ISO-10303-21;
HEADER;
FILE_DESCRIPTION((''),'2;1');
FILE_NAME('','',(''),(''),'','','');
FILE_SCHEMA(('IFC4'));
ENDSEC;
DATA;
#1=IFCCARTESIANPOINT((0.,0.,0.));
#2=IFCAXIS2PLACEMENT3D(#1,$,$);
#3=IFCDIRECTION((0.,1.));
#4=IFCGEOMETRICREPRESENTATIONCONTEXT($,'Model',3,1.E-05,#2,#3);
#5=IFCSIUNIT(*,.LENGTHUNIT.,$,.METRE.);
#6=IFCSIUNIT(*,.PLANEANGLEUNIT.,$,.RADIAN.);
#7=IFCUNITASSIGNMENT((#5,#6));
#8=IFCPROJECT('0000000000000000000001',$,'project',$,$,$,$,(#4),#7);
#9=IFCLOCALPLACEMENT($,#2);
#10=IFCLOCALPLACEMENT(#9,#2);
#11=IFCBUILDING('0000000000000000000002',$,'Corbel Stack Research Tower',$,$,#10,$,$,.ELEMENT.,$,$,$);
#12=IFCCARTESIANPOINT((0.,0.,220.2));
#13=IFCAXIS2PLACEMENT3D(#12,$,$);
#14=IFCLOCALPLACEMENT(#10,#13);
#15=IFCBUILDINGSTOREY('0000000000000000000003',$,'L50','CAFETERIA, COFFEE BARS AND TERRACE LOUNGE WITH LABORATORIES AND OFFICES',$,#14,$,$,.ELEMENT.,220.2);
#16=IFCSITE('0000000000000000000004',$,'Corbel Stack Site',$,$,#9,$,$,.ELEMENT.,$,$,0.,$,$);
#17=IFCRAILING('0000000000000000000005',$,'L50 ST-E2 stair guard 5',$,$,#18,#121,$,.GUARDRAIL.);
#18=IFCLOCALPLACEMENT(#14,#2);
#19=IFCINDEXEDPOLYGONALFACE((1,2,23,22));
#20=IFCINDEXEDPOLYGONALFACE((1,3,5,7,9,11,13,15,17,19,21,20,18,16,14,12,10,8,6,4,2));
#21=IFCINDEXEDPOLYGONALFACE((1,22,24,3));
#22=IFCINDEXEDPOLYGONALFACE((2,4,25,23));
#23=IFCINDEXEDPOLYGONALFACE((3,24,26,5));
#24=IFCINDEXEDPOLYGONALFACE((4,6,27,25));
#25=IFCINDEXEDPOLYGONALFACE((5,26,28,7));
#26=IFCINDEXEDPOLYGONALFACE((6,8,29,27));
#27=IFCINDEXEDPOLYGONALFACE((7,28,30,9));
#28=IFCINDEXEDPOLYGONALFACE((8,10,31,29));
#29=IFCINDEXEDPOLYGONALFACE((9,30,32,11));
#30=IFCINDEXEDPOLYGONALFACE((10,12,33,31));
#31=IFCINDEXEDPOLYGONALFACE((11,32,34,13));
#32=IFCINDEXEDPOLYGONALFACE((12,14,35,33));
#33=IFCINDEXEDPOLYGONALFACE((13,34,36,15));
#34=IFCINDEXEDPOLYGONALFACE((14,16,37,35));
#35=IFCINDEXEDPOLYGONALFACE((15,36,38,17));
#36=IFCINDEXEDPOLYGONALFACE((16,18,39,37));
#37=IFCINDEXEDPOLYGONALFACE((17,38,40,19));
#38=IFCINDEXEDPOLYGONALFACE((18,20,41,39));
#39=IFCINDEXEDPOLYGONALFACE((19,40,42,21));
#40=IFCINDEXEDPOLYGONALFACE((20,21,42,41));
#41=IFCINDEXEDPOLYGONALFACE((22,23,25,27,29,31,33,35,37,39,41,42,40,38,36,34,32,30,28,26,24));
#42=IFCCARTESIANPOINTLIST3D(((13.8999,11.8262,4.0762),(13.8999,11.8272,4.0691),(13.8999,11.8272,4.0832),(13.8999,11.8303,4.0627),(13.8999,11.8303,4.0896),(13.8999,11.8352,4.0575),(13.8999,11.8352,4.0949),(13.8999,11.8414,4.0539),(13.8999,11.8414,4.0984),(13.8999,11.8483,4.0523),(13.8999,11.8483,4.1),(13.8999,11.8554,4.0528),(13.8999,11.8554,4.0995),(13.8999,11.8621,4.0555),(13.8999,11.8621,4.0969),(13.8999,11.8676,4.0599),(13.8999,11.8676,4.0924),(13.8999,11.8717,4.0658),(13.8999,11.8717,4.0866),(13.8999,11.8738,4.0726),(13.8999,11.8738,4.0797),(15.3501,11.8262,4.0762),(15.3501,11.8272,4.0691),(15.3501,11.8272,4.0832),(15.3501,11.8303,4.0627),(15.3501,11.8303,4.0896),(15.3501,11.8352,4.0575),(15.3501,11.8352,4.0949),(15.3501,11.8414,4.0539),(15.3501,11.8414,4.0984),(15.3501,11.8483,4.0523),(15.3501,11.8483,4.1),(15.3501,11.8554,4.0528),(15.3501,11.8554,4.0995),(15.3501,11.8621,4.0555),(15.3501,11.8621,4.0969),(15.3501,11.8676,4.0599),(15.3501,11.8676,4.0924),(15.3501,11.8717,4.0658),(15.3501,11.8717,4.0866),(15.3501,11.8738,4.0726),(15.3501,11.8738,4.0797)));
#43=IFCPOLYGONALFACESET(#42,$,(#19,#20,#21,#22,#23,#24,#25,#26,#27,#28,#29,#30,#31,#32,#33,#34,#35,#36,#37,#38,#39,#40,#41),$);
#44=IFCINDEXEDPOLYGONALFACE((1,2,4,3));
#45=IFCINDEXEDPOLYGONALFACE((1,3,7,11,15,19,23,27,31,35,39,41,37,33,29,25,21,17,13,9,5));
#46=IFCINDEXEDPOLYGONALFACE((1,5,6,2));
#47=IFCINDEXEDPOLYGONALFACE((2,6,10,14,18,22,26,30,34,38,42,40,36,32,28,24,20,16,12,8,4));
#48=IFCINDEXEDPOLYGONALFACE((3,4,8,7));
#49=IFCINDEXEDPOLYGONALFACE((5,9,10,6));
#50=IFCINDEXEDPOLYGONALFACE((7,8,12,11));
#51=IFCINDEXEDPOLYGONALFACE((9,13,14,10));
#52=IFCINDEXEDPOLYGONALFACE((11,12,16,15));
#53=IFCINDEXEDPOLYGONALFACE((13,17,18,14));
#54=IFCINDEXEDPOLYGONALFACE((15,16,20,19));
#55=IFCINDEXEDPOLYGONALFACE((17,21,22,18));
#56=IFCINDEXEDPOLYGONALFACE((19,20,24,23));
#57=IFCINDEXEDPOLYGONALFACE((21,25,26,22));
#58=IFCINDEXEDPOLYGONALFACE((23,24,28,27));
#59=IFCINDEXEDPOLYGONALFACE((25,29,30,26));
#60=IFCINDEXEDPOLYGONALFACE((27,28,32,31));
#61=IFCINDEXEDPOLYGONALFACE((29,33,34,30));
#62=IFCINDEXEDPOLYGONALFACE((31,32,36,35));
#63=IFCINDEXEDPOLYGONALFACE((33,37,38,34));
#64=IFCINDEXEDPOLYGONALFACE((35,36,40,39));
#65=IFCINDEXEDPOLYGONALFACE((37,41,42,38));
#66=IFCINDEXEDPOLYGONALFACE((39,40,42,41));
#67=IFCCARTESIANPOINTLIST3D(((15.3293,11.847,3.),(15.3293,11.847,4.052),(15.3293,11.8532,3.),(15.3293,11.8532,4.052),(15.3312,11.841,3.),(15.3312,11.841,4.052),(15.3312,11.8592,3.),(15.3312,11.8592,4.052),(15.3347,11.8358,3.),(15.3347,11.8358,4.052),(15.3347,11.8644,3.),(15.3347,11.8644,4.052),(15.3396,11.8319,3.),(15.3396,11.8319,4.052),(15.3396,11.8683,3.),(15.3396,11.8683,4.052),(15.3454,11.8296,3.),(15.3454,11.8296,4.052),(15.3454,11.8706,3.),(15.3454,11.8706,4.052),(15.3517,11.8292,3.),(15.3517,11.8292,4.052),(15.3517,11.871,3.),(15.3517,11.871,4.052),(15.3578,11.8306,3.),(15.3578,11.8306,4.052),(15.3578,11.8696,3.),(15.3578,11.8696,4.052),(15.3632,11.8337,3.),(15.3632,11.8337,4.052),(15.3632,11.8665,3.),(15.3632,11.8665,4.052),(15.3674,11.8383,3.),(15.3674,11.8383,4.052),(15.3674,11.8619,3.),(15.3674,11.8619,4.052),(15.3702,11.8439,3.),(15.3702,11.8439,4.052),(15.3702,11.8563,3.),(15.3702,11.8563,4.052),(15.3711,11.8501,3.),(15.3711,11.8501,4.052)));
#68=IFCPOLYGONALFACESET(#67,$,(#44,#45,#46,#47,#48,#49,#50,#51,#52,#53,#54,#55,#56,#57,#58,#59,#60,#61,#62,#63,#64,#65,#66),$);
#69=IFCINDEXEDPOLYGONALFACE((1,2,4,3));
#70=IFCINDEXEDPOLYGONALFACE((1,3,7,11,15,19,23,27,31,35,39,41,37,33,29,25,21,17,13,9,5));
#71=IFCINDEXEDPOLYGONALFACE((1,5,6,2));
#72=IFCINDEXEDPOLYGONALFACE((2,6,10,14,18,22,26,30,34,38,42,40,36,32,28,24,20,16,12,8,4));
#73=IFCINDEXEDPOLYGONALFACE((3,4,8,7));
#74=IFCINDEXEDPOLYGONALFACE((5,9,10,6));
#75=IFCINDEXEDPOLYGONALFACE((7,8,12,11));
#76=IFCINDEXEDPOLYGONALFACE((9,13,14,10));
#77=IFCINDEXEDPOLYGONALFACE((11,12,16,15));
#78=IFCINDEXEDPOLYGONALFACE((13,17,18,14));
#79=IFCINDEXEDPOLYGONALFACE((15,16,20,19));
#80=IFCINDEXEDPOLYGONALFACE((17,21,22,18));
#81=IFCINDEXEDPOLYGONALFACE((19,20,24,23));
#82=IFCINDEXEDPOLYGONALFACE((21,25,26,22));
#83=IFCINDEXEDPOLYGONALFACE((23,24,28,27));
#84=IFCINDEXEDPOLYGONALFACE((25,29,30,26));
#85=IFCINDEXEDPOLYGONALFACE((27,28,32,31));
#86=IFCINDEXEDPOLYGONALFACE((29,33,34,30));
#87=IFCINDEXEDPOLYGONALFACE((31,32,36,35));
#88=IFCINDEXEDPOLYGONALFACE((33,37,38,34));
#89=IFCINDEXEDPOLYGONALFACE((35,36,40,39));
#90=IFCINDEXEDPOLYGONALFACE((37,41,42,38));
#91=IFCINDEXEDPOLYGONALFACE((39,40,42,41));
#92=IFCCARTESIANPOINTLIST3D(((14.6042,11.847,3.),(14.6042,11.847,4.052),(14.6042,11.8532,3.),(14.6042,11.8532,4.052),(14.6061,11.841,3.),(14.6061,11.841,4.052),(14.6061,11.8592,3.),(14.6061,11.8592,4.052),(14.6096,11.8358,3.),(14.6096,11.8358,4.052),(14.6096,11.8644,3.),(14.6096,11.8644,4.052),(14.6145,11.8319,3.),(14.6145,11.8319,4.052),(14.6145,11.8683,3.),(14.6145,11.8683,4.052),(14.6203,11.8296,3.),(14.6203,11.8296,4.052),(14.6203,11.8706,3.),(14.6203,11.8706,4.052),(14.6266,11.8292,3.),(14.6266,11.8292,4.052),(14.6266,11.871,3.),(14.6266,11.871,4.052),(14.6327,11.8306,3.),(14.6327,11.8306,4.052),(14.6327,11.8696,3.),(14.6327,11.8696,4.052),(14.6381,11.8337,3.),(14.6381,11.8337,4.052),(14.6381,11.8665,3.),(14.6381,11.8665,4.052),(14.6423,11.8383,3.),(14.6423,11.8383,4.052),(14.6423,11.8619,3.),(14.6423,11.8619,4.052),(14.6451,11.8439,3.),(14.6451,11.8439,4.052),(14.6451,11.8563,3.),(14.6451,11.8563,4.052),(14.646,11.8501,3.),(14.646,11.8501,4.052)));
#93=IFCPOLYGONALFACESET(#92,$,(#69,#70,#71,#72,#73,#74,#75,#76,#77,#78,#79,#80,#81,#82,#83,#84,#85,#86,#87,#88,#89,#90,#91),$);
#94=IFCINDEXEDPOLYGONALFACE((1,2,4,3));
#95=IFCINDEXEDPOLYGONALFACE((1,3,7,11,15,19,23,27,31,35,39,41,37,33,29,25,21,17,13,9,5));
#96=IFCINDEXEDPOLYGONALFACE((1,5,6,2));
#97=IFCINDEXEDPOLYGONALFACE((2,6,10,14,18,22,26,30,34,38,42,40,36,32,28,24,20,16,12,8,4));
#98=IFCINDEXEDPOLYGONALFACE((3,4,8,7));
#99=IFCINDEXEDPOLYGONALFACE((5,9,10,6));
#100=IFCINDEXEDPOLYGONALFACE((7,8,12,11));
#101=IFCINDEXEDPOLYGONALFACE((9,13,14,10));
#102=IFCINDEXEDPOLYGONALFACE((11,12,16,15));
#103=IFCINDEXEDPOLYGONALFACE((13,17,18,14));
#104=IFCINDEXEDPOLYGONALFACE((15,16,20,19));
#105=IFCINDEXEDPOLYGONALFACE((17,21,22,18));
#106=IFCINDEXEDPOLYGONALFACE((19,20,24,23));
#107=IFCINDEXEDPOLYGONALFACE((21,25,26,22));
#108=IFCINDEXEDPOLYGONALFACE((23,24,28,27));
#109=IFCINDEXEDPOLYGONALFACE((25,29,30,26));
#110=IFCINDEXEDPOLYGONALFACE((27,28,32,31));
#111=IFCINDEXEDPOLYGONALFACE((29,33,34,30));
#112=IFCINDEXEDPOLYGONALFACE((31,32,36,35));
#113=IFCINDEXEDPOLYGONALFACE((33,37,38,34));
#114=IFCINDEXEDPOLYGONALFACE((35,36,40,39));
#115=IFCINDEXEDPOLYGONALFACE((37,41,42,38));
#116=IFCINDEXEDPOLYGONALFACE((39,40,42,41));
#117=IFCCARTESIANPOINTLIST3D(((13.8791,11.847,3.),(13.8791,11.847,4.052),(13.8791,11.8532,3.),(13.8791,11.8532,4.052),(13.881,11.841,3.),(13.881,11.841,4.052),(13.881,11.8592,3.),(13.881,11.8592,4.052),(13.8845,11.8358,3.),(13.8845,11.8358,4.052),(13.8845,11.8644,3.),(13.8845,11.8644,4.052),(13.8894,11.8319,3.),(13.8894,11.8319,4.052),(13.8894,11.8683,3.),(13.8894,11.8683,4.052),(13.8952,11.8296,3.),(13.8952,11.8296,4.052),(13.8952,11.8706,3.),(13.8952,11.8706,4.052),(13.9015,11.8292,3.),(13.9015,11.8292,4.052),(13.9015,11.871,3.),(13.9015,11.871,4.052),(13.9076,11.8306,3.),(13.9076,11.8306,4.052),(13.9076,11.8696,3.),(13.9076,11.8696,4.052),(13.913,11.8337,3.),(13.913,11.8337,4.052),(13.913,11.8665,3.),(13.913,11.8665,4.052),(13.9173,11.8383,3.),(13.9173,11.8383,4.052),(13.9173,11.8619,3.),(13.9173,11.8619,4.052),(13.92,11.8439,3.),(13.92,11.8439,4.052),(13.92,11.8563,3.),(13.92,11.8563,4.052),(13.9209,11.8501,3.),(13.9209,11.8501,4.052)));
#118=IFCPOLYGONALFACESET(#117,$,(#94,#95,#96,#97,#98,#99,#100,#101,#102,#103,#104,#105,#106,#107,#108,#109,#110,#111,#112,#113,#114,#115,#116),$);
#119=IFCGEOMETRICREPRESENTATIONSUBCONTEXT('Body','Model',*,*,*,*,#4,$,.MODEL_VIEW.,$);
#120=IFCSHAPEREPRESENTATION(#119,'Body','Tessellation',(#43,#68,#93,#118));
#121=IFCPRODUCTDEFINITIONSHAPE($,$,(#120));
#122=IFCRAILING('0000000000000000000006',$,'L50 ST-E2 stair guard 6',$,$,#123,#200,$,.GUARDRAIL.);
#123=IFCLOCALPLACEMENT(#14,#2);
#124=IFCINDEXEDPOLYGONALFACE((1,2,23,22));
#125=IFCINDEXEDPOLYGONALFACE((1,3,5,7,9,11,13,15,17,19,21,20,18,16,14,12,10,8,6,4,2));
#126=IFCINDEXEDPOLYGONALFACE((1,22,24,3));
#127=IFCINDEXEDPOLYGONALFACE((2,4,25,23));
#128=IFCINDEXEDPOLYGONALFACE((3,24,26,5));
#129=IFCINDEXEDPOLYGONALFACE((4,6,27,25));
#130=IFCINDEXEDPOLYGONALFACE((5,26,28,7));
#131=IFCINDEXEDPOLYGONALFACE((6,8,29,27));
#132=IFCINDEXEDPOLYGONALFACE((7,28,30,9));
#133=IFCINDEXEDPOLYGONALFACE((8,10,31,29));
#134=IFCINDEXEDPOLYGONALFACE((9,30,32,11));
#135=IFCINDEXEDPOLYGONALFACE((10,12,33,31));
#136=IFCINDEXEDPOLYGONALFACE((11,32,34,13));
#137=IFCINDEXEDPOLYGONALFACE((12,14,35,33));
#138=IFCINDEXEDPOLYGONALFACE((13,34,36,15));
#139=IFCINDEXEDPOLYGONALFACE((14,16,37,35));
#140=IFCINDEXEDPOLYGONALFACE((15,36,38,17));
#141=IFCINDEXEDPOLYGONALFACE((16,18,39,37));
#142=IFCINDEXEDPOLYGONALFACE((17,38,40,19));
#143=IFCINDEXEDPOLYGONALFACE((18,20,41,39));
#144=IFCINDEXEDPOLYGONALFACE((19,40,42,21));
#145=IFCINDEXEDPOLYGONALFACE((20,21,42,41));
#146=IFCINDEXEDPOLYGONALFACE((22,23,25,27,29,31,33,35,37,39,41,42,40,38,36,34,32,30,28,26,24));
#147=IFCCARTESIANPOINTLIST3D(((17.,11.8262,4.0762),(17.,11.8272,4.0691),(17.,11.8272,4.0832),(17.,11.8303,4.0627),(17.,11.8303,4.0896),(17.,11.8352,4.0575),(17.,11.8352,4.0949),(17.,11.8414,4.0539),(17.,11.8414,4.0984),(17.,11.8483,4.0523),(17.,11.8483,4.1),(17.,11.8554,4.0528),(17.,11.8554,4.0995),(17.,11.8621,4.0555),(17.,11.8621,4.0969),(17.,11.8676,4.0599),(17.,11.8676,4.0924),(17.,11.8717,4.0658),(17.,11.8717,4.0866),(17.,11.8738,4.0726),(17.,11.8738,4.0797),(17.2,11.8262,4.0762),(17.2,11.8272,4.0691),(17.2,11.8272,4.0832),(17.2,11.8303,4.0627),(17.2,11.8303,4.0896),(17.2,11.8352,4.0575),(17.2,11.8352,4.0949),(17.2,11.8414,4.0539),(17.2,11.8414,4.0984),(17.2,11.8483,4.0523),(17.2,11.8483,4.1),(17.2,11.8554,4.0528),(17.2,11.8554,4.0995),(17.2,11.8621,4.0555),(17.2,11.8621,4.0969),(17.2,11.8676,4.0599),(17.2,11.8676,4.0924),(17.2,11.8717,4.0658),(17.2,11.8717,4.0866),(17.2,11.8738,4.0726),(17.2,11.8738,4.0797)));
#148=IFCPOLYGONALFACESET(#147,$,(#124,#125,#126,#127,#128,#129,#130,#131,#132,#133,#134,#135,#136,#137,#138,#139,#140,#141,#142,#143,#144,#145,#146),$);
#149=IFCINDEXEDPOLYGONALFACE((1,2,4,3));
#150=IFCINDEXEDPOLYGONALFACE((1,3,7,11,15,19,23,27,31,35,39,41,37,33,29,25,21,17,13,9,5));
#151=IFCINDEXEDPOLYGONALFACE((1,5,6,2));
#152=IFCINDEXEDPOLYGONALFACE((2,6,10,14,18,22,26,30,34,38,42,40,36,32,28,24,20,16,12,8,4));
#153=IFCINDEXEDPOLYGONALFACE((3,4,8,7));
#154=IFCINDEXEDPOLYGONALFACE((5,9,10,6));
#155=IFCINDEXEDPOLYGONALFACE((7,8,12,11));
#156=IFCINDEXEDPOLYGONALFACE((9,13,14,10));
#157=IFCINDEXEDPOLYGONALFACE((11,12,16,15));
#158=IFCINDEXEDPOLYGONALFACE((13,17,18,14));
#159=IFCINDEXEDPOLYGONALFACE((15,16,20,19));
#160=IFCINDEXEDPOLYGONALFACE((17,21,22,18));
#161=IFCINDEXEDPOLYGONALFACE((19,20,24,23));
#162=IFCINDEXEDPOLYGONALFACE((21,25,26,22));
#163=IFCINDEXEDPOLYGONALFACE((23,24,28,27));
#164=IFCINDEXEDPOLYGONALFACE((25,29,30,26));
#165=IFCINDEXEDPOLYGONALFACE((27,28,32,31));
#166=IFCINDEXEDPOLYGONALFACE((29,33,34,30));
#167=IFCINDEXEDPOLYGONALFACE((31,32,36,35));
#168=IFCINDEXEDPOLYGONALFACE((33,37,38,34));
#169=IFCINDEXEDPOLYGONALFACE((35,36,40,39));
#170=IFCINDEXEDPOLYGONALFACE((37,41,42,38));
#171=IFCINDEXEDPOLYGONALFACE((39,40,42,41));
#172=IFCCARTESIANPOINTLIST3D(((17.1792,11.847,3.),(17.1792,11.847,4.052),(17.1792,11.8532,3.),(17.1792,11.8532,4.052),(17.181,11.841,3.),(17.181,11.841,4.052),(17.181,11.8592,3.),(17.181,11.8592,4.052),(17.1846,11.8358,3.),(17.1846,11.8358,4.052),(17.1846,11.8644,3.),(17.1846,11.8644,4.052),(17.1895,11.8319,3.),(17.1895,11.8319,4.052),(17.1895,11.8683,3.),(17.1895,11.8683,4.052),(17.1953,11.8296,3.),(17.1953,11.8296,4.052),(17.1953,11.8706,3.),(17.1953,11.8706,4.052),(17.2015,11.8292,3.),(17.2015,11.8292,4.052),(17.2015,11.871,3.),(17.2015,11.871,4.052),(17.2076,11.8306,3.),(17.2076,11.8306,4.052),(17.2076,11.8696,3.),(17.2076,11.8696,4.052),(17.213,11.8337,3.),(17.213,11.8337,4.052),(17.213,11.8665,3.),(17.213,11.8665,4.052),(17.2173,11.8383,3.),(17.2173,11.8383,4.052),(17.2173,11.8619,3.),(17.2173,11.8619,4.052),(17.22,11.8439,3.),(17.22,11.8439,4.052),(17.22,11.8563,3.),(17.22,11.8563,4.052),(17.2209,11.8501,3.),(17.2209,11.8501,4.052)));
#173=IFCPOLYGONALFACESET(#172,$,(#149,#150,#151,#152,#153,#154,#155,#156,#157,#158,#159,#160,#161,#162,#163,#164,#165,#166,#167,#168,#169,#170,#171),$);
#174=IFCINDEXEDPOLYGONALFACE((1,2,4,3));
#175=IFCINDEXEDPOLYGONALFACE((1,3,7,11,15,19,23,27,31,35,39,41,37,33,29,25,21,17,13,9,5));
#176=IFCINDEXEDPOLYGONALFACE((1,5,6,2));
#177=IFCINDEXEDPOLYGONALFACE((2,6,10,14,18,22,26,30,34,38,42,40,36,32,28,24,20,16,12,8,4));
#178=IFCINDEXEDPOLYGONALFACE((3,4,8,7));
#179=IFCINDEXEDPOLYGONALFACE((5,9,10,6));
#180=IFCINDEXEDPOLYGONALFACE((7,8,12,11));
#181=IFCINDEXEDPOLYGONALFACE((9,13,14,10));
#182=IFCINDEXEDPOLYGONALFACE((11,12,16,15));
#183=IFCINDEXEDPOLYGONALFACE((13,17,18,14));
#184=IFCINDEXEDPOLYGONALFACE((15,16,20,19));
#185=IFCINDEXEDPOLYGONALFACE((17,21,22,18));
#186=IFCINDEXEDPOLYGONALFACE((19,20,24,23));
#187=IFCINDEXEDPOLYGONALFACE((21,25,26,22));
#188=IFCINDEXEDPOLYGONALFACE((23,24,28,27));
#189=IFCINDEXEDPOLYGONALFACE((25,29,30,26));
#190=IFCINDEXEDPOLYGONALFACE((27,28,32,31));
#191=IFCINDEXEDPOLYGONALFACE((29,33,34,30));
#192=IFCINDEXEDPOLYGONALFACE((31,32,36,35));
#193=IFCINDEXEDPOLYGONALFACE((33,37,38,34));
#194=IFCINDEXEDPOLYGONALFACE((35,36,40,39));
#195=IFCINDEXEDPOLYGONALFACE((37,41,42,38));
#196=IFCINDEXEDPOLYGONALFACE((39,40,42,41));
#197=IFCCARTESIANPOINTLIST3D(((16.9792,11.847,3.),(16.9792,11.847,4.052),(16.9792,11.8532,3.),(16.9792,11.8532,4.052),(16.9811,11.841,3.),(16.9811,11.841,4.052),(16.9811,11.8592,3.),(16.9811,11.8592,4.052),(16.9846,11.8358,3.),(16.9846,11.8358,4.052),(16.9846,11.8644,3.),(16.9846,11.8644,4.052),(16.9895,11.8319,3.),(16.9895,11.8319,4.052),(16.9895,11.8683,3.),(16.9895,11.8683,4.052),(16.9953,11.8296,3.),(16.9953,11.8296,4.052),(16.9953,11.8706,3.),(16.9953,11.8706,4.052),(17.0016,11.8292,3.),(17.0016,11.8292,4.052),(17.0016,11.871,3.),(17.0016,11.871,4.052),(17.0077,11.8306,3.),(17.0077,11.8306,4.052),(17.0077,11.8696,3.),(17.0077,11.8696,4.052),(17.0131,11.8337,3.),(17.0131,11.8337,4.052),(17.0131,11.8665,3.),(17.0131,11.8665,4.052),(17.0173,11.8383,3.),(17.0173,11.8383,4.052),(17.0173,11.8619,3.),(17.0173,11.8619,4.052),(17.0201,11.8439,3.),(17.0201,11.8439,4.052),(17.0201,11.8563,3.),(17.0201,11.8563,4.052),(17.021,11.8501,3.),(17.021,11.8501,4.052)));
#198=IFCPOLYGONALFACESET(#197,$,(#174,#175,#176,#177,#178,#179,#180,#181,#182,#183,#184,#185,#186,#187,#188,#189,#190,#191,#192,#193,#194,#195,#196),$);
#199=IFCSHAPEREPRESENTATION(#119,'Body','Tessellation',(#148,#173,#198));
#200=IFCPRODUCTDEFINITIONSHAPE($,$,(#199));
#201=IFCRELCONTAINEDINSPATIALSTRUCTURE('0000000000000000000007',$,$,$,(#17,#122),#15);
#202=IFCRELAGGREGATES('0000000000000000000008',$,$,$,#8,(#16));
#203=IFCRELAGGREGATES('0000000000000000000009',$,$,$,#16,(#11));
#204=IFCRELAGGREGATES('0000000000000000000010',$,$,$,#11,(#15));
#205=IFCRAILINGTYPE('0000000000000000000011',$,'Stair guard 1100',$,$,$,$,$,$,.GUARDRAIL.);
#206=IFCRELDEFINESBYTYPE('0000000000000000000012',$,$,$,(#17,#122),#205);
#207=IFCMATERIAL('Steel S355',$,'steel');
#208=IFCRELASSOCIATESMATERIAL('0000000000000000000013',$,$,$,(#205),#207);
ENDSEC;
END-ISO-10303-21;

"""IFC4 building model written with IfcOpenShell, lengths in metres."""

from ifc_helpers import new_model, si_unit, direction, frame, origin, origin_2d, place, context, subcontext, project, spatial, circle, extrude, material, type_object, element, save


model = new_model("IFC4")

# Units and contexts
model_context = context("Model", 3, precision=1e-05, world=origin(), true_north=direction((0.0, 1.0)))
body_context = subcontext(model_context, "Body", "Model", "MODEL_VIEW")
ifc_project = project(units=[si_unit("LENGTHUNIT", "METRE"), si_unit("PLANEANGLEUNIT", "RADIAN")], contexts=[model_context])

# Site, building, storey
site_placement = place(None, origin())
site = spatial("IfcSite", under=ifc_project, at=site_placement, Name="Corbel Stack Site", CompositionType="ELEMENT", RefElevation=0.0)
building_placement = place(site_placement, origin())
building = spatial("IfcBuilding", under=site, at=building_placement, Name="Corbel Stack Research Tower", CompositionType="ELEMENT")
storey_placement = place(building_placement, frame((0.0, 0.0, 220.2)))
storey = spatial("IfcBuildingStorey", under=building, at=storey_placement, Name="L50", Description="CAFETERIA, COFFEE BARS AND TERRACE LOUNGE WITH LABORATORIES AND OFFICES", CompositionType="ELEMENT", Elevation=220.2)

# Railings
ifc_material_1 = material(Name="Steel S355", Category="steel")
railing_type_1 = type_object("IfcRailingType", Name="Stair guard 1100", PredefinedType="GUARDRAIL", material=ifc_material_1)
railing_1_placement = place(storey_placement, frame((15.3501, 11.8501, 3.0)))
element("IfcRailing", 1, at=railing_1_placement, inside=storey, type_object=railing_type_1, Name="L50 ST-E2 stair guard 5", PredefinedType="GUARDRAIL", context=body_context, shape_type="SweptSolid", body=[
    extrude(circle(Radius=0.0239, at=origin_2d()), frame((0.0, 0.0, 1.0762), z_axis=(-1.0, 0.0, 0.0), x_axis=(0.0, -1.0, 0.0)), (0.0, 0.0, 1.0), 1.4502),
    extrude(circle(Radius=0.021, at=origin_2d()), origin(), (0.0, 0.0, 1.0), 1.052),
    extrude(circle(Radius=0.021, at=origin_2d()), frame((-0.7251, 0.0, 0.0)), (0.0, 0.0, 1.0), 1.052),
    extrude(circle(Radius=0.021, at=origin_2d()), frame((-1.4502, 0.0, 0.0)), (0.0, 0.0, 1.0), 1.052),
])
railing_2_placement = place(storey_placement, frame((17.2, 11.8501, 3.0)))
element("IfcRailing", 2, at=railing_2_placement, inside=storey, type_object=railing_type_1, Name="L50 ST-E2 stair guard 6", PredefinedType="GUARDRAIL", context=body_context, shape_type="SweptSolid", body=[
    extrude(circle(Radius=0.0239, at=origin_2d()), frame((0.0, 0.0, 1.0762), z_axis=(-1.0, 0.0, 0.0), x_axis=(0.0, -1.0, 0.0)), (0.0, 0.0, 1.0), 0.2),
    extrude(circle(Radius=0.021, at=origin_2d()), origin(), (0.0, 0.0, 1.0), 1.052),
    extrude(circle(Radius=0.021, at=origin_2d()), frame((-0.2, 0.0, 0.0)), (0.0, 0.0, 1.0), 1.052),
])

save(model, "model.ifc")
